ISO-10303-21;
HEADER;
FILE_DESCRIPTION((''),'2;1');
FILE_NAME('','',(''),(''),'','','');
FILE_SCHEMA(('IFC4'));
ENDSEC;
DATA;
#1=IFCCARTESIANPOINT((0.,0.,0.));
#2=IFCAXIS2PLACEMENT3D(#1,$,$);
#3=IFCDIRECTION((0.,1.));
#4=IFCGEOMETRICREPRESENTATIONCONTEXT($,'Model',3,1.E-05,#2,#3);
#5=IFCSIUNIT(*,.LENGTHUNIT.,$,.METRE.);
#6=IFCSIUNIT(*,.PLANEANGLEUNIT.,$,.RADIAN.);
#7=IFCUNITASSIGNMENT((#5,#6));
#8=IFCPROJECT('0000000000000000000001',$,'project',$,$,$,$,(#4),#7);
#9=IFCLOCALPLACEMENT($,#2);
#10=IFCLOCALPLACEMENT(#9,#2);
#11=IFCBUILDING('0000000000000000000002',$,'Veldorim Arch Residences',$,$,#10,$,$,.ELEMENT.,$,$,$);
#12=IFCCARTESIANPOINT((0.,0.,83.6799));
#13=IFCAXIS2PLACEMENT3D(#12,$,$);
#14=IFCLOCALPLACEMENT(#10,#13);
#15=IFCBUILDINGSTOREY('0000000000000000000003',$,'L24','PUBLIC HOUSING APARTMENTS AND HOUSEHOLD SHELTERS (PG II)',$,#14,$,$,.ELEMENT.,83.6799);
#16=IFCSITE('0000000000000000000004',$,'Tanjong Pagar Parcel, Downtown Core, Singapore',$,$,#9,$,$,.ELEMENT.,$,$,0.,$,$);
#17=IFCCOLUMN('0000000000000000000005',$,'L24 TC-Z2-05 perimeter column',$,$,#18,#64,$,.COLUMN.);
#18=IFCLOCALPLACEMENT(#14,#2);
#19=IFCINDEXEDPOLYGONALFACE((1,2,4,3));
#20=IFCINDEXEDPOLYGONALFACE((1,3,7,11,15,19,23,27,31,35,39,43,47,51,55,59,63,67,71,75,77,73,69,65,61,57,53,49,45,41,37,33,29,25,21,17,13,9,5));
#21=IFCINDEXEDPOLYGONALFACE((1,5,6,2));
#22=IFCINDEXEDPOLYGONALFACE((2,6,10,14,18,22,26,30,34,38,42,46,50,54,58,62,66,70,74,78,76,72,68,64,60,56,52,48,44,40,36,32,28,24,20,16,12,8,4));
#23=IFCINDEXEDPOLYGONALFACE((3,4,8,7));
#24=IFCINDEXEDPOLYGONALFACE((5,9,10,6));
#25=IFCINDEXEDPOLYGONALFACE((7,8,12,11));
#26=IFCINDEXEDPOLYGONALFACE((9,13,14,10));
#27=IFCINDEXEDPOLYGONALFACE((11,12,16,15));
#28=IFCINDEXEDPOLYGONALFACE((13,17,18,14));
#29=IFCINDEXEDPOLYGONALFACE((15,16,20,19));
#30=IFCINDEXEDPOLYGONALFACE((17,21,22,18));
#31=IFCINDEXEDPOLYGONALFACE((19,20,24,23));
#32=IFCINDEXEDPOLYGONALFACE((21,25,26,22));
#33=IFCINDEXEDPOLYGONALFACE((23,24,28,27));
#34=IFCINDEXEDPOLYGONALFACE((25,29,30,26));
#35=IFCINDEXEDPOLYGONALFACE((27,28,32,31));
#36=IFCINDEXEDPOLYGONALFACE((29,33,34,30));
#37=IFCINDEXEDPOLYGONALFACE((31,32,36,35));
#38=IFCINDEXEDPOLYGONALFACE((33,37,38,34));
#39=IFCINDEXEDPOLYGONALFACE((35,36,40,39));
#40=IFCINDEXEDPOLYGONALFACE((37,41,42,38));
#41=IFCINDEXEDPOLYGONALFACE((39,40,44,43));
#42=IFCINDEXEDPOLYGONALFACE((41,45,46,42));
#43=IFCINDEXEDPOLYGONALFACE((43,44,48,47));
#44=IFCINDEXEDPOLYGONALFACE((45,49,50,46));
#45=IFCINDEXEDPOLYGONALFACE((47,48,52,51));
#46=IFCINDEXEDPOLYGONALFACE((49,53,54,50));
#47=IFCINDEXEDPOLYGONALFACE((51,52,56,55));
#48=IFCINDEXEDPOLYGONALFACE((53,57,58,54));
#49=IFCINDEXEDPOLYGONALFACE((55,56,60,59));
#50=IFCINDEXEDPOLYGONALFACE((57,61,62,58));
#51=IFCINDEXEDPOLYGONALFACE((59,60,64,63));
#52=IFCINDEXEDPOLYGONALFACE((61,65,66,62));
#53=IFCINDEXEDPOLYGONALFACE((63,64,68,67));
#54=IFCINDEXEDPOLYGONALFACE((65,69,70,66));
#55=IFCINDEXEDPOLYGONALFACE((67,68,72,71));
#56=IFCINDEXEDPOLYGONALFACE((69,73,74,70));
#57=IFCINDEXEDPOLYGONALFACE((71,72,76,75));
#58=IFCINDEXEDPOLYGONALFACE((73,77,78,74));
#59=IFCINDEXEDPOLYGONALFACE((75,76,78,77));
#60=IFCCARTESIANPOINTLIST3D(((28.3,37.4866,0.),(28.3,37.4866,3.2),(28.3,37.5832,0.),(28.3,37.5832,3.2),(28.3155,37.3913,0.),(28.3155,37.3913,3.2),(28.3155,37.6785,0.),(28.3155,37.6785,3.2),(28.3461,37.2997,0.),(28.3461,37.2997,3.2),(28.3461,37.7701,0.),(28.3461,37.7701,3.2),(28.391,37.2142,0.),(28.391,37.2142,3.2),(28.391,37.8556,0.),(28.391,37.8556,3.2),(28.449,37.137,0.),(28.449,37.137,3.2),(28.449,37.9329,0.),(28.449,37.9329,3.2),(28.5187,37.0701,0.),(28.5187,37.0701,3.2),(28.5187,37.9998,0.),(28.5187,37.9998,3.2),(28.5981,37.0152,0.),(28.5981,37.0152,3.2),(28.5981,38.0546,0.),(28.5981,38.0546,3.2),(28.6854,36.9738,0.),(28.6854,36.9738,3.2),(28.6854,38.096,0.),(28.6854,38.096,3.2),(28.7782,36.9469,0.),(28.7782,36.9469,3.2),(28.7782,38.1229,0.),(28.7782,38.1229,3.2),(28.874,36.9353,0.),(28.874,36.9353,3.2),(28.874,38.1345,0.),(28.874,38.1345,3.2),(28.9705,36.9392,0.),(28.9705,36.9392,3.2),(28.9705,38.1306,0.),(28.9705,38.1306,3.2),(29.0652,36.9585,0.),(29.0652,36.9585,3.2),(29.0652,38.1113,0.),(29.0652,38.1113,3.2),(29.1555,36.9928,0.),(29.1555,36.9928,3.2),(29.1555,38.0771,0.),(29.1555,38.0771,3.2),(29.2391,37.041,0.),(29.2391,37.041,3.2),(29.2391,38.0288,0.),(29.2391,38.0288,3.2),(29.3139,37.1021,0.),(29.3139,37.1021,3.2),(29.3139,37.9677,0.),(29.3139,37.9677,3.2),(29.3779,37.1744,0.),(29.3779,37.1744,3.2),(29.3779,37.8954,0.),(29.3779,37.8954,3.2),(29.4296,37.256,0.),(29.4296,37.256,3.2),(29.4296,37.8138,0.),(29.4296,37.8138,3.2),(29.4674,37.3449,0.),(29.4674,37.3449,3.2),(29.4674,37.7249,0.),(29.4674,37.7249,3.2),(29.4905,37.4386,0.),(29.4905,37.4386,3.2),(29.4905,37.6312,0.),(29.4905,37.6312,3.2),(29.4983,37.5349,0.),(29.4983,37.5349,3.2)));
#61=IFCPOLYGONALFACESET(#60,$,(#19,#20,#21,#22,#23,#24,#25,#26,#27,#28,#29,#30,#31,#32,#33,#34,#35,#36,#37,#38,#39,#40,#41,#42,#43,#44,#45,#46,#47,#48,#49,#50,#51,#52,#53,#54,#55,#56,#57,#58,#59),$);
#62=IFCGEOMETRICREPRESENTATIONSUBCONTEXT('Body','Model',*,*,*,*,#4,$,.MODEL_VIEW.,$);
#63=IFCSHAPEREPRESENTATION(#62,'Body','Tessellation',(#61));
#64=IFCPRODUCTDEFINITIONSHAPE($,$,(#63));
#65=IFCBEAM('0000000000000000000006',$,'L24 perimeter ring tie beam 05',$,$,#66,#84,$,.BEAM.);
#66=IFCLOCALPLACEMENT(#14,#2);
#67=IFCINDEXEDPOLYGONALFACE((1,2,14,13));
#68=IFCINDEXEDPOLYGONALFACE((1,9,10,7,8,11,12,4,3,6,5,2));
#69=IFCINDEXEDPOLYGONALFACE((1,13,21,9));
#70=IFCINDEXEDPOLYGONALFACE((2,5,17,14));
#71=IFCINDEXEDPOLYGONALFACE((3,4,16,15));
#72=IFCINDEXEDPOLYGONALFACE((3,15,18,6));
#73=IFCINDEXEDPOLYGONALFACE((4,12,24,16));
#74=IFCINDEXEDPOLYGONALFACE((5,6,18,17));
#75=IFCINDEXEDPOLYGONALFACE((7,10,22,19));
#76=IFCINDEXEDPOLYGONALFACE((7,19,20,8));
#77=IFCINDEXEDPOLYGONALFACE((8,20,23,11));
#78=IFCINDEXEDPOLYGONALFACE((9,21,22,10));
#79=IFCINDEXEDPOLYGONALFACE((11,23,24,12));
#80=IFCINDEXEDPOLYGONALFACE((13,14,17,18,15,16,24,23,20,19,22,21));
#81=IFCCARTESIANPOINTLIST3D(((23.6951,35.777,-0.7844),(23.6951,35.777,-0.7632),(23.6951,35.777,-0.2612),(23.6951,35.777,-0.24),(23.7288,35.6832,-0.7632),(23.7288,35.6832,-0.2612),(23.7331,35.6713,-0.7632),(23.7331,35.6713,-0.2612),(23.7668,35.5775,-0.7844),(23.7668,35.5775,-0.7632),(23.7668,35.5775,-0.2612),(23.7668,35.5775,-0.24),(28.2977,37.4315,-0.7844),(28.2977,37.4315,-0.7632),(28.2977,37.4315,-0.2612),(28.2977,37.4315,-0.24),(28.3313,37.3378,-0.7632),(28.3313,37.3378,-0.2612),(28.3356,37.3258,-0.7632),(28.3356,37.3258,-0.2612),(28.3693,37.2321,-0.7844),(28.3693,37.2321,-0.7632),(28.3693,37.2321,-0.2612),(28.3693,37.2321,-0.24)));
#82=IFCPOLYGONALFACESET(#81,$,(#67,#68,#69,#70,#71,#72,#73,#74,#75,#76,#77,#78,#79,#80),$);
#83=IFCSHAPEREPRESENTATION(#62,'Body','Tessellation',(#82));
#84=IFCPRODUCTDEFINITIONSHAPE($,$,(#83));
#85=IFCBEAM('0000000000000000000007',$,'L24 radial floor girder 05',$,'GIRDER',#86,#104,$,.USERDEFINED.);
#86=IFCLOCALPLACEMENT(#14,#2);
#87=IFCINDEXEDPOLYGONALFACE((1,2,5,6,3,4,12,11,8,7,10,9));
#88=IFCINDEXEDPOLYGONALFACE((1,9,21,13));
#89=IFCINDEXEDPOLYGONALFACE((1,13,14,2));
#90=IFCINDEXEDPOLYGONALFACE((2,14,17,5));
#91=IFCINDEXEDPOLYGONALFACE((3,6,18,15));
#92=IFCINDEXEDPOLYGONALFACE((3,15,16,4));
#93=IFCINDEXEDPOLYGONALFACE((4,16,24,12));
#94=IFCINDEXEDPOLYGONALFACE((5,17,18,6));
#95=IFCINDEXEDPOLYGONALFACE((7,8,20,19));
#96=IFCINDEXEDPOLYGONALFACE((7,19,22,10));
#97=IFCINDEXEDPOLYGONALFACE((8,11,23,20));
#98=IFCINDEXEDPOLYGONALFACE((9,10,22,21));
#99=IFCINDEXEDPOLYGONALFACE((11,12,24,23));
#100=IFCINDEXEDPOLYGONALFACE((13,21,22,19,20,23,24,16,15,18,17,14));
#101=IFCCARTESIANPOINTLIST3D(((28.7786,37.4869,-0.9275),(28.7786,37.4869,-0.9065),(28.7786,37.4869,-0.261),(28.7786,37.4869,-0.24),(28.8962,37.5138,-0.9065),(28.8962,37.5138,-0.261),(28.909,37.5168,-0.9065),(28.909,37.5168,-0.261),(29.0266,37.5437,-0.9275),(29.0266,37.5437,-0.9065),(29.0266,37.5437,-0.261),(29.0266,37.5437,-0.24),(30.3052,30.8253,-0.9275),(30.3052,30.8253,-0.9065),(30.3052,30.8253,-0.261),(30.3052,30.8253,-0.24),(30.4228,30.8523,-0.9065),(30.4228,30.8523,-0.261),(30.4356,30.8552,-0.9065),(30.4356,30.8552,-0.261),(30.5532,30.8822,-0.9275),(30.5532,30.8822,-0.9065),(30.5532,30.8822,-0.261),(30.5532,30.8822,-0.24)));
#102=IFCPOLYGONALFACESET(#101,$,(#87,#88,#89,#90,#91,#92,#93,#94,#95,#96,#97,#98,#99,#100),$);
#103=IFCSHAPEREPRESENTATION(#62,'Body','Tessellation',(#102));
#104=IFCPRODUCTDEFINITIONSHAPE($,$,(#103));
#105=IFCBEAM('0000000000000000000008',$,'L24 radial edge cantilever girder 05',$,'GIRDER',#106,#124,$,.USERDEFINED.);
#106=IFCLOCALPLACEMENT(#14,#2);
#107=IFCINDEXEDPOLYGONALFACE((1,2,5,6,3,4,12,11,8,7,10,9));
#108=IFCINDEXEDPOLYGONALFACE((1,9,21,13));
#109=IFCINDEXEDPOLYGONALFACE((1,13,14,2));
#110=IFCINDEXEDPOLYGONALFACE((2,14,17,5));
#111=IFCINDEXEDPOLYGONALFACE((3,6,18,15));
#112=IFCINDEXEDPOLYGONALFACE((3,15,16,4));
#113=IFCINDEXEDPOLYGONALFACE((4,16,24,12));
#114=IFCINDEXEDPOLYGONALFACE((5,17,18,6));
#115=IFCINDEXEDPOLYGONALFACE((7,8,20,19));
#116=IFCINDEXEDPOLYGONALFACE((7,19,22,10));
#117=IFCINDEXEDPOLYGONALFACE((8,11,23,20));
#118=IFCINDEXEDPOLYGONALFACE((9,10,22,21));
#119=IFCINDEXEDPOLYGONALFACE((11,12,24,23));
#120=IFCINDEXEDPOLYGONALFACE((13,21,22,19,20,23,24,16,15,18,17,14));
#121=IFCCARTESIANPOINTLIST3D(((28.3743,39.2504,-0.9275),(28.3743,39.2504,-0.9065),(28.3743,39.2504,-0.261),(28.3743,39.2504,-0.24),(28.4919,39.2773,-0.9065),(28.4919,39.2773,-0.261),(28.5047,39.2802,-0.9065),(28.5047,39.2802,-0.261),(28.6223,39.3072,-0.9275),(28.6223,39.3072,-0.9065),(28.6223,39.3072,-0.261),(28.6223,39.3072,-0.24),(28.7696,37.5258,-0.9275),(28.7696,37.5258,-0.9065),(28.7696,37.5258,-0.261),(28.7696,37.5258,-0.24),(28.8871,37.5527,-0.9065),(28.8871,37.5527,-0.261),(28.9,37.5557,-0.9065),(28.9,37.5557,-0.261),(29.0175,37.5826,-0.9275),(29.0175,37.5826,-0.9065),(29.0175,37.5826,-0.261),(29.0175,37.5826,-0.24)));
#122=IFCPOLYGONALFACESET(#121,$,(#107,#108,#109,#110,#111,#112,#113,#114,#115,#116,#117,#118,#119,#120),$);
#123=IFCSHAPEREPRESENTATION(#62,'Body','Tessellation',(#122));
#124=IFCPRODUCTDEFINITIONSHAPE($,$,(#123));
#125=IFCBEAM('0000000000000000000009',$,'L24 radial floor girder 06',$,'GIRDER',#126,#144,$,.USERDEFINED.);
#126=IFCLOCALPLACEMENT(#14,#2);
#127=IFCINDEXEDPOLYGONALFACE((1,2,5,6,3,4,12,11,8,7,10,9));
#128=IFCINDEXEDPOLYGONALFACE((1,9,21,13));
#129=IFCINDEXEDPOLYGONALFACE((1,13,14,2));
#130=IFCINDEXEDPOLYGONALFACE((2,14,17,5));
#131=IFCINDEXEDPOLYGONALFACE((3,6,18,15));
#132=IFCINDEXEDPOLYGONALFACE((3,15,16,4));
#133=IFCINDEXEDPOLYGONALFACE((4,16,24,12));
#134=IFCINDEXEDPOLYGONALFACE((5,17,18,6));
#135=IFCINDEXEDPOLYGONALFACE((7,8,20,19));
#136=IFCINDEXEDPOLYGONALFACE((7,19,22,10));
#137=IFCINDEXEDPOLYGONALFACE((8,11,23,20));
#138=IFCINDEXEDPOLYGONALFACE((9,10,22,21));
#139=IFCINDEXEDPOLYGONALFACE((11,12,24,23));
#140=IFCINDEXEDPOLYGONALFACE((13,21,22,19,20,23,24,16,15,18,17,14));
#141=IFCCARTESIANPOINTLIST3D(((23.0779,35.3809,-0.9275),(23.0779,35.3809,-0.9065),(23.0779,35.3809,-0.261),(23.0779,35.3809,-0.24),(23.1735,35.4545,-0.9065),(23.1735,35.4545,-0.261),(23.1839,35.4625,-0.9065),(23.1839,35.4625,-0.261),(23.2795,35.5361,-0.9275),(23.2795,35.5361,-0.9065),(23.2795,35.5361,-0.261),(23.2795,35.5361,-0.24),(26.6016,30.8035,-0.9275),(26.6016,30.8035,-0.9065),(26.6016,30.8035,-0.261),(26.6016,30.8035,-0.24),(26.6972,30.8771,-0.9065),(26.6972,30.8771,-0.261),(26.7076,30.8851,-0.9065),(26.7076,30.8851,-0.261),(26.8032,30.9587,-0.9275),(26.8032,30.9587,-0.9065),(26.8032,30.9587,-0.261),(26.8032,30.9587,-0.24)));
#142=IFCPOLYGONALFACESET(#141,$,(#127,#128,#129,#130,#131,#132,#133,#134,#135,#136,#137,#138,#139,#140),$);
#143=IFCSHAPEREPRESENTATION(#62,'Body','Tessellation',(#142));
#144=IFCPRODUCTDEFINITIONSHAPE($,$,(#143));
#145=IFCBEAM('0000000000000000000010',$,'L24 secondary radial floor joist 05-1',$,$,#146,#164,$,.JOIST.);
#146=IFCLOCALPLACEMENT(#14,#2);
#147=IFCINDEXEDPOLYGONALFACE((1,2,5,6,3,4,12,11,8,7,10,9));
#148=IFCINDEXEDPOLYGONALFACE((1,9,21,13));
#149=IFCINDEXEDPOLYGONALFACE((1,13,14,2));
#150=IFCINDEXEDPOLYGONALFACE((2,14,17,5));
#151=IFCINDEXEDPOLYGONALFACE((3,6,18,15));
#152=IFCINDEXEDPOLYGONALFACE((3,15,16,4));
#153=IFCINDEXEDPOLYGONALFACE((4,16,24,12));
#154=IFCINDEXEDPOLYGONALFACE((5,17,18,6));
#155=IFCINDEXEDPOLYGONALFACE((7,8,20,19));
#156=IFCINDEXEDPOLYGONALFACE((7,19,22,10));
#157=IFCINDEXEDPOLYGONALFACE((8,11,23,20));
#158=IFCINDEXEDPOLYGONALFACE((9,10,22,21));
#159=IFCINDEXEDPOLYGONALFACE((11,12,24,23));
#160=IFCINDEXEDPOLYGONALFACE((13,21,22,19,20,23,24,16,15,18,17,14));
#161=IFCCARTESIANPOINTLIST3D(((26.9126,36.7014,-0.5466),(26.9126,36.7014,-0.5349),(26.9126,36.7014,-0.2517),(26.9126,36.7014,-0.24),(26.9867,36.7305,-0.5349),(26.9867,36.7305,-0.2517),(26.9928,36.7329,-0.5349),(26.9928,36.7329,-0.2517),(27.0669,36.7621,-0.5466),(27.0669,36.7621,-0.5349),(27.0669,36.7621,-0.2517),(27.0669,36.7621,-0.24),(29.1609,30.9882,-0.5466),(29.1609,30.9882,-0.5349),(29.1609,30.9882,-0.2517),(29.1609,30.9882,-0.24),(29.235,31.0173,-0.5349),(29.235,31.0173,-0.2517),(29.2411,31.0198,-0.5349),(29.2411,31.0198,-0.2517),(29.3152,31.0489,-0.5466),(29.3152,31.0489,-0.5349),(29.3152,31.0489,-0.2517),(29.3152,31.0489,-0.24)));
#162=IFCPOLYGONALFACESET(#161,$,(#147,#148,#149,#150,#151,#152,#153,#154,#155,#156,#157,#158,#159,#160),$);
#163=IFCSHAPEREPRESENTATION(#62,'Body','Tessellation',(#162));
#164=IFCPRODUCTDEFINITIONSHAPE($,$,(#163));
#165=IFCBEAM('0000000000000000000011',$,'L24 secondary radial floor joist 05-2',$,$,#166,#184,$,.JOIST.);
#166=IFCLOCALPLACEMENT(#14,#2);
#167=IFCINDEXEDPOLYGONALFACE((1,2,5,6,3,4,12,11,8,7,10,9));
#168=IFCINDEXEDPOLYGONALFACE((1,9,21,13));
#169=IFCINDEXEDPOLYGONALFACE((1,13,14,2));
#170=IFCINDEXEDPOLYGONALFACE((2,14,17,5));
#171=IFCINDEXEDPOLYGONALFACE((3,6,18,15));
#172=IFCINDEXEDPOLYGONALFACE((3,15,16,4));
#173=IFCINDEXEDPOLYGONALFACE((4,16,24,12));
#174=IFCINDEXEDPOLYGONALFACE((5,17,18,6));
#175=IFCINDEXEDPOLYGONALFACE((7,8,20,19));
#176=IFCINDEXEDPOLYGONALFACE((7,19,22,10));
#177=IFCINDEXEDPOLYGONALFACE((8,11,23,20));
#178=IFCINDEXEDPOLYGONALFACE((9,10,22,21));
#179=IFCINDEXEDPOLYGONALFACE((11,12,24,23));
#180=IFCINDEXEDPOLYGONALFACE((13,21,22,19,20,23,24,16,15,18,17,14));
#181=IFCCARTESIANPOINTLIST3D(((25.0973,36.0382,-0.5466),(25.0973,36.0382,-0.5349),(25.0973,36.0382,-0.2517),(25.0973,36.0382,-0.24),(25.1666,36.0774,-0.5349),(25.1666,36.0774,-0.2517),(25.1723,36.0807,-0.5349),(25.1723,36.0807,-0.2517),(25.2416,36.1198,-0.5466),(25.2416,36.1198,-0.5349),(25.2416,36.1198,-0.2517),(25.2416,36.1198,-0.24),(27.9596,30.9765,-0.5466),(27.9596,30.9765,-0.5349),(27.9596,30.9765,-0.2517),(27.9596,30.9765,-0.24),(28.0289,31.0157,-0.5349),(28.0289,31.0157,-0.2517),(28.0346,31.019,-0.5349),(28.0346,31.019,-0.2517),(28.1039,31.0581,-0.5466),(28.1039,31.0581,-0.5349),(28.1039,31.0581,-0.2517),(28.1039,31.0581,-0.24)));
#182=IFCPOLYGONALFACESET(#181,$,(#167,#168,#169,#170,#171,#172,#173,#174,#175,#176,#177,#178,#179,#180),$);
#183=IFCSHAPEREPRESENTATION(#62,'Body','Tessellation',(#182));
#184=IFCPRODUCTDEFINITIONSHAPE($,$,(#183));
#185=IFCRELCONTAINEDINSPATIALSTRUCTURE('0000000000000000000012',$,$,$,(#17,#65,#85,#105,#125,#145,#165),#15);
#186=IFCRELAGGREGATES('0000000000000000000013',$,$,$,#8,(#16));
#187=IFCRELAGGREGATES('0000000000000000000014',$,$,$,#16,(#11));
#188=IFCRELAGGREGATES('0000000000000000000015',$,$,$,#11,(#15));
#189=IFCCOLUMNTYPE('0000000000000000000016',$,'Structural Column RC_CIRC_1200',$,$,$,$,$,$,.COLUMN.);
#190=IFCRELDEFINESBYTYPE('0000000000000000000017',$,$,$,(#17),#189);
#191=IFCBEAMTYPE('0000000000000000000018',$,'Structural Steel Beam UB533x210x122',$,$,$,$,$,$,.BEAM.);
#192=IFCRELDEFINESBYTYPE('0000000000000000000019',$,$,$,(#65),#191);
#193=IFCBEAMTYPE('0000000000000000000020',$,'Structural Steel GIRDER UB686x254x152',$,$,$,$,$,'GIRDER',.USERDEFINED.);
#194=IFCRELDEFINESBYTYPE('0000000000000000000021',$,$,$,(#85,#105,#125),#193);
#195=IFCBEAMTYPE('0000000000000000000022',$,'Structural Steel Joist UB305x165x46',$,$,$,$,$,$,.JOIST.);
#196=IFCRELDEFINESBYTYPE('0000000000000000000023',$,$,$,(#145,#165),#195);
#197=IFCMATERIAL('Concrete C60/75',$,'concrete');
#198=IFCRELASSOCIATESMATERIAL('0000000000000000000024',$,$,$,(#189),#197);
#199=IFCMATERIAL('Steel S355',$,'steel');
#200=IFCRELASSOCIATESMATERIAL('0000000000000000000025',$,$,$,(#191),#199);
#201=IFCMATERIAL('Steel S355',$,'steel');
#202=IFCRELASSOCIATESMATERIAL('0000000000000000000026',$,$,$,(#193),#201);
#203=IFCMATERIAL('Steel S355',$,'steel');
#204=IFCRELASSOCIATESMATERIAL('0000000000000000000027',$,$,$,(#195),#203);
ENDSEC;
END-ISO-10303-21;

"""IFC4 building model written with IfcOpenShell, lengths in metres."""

from ifc_helpers import new_model, si_unit, direction, frame, origin, origin_2d, place, context, subcontext, project, spatial, circle, i_section, extrude, material, material_profile, profile_set, type_object, element, save


model = new_model("IFC4")

# Units and contexts
model_context = context("Model", 3, precision=1e-05, world=origin(), true_north=direction((0.0, 1.0)))
body_context = subcontext(model_context, "Body", "Model", "MODEL_VIEW")
ifc_project = project(units=[si_unit("LENGTHUNIT", "METRE"), si_unit("PLANEANGLEUNIT", "RADIAN")], contexts=[model_context])

# Site, building, storey
site_placement = place(None, origin())
site = spatial("IfcSite", under=ifc_project, at=site_placement, Name="Tanjong Pagar Parcel, Downtown Core, Singapore", CompositionType="ELEMENT", RefElevation=0.0)
building_placement = place(site_placement, origin())
building = spatial("IfcBuilding", under=site, at=building_placement, Name="Veldorim Arch Residences", CompositionType="ELEMENT")
storey_placement = place(building_placement, frame((0.0, 0.0, 83.6799)))
storey = spatial("IfcBuildingStorey", under=building, at=storey_placement, Name="L24", Description="PUBLIC HOUSING APARTMENTS AND HOUSEHOLD SHELTERS (PG II)", CompositionType="ELEMENT", Elevation=83.6799)

# Column
ifc_material_1 = material(Name="Concrete C60/75", Category="concrete")
ifc_material_profile_1 = material_profile(ifc_material_1, circle(Radius=0.6001, at=origin_2d()), Name="RC_CIRC_1200")
ifc_profile_set_1 = profile_set([ifc_material_profile_1], Name="Concrete C60/75")
column_type = type_object("IfcColumnType", Name="Structural Column RC_CIRC_1200", PredefinedType="COLUMN", material=ifc_profile_set_1)
column_placement = place(storey_placement, frame((28.8982, 37.5349, 0.0), z_axis=(0.0, 0.0, 1.0), x_axis=(1.0, 0.0, 0.0)))
element("IfcColumn", 1, at=column_placement, inside=storey, type_object=column_type, Name="L24 TC-Z2-05 perimeter column", PredefinedType="COLUMN", context=body_context, shape_type="SweptSolid", body=[
    extrude(circle(Radius=0.6001, at=origin_2d()), origin(), (0.0, 0.0, 1.0), 3.2),
])

# Beams
ifc_material_2 = material(Name="Steel S355", Category="steel")
ifc_material_profile_2 = material_profile(ifc_material_2, i_section(OverallWidth=0.2119, OverallDepth=0.5444, WebThickness=0.0127, FlangeThickness=0.0212, at=origin_2d()), Name="UB533x210x122")
ifc_profile_set_2 = profile_set([ifc_material_profile_2], Name="Steel S355")
beam_type_1 = type_object("IfcBeamType", Name="Structural Steel Beam UB533x210x122", PredefinedType="BEAM", material=ifc_profile_set_2)
beam_1_placement = place(storey_placement, frame((28.3335, 37.3318, -0.5122), z_axis=(-0.941042, -0.33829, 0.0), x_axis=(0.33829, -0.941042, 0.0)))
element("IfcBeam", 2, at=beam_1_placement, inside=storey, type_object=beam_type_1, Name="L24 perimeter ring tie beam 05", PredefinedType="BEAM", context=body_context, shape_type="SweptSolid", body=[
    extrude(i_section(OverallWidth=0.2119, OverallDepth=0.5444, WebThickness=0.0127, FlangeThickness=0.0212, at=origin_2d()), origin(), (0.0, 0.0, 1.0), 4.8909),
])
ifc_material_3 = material(Name="Steel S355", Category="steel")
ifc_material_profile_3 = material_profile(ifc_material_3, i_section(OverallWidth=0.2544, OverallDepth=0.6875, WebThickness=0.0132, FlangeThickness=0.021, at=origin_2d()), Name="UB686x254x152")
ifc_profile_set_3 = profile_set([ifc_material_profile_3], Name="Steel S355")
beam_type_2 = type_object("IfcBeamType", Name="Structural Steel GIRDER UB686x254x152", ElementType="GIRDER", PredefinedType="USERDEFINED", material=ifc_profile_set_3)
beam_2_placement = place(storey_placement, frame((30.4292, 30.8538, -0.5837), z_axis=(-0.223375, 0.974733, 0.0), x_axis=(-0.974733, -0.223375, 0.0)))
element("IfcBeam", 3, at=beam_2_placement, inside=storey, type_object=beam_type_2, Name="L24 radial floor girder 05", ObjectType="GIRDER", PredefinedType="USERDEFINED", context=body_context, shape_type="SweptSolid", body=[
    extrude(i_section(OverallWidth=0.2544, OverallDepth=0.6875, WebThickness=0.0132, FlangeThickness=0.021, at=origin_2d()), origin(), (0.0, 0.0, 1.0), 6.8342),
])
beam_3_placement = place(storey_placement, frame((28.8936, 37.5542, -0.5837), z_axis=(-0.223398, 0.974727, 0.0), x_axis=(-0.974727, -0.223398, 0.0)))
element("IfcBeam", 4, at=beam_3_placement, inside=storey, type_object=beam_type_2, Name="L24 radial edge cantilever girder 05", ObjectType="GIRDER", PredefinedType="USERDEFINED", context=body_context, shape_type="SweptSolid", body=[
    extrude(i_section(OverallWidth=0.2544, OverallDepth=0.6875, WebThickness=0.0132, FlangeThickness=0.021, at=origin_2d()), origin(), (0.0, 0.0, 1.0), 1.7693),
])
beam_4_placement = place(storey_placement, frame((26.7024, 30.8811, -0.5837), z_axis=(-0.609995, 0.792406, 0.0), x_axis=(-0.792406, -0.609995, 0.0)))
element("IfcBeam", 5, at=beam_4_placement, inside=storey, type_object=beam_type_2, Name="L24 radial floor girder 06", ObjectType="GIRDER", PredefinedType="USERDEFINED", context=body_context, shape_type="SweptSolid", body=[
    extrude(i_section(OverallWidth=0.2544, OverallDepth=0.6875, WebThickness=0.0132, FlangeThickness=0.021, at=origin_2d()), origin(), (0.0, 0.0, 1.0), 5.7766),
])
ifc_material_4 = material(Name="Steel S355", Category="steel")
ifc_material_profile_4 = material_profile(ifc_material_4, i_section(OverallWidth=0.1658, OverallDepth=0.3066, WebThickness=0.0066, FlangeThickness=0.0117, at=origin_2d()), Name="UB305x165x46")
ifc_profile_set_4 = profile_set([ifc_material_profile_4], Name="Steel S355")
beam_type_3 = type_object("IfcBeamType", Name="Structural Steel Joist UB305x165x46", PredefinedType="JOIST", material=ifc_profile_set_4)
beam_5_placement = place(storey_placement, frame((29.238, 31.0186, -0.3933), z_axis=(-0.366195, 0.930538, 0.0), x_axis=(-0.930538, -0.366195, 0.0)))
element("IfcBeam", 6, at=beam_5_placement, inside=storey, type_object=beam_type_3, Name="L24 secondary radial floor joist 05-1", PredefinedType="JOIST", context=body_context, shape_type="SweptSolid", body=[
    extrude(i_section(OverallWidth=0.1658, OverallDepth=0.3066, WebThickness=0.0066, FlangeThickness=0.0117, at=origin_2d()), origin(), (0.0, 0.0, 1.0), 6.1396),
])
beam_6_placement = place(storey_placement, frame((28.0317, 31.0173, -0.3933), z_axis=(-0.492227, 0.870467, 0.0), x_axis=(-0.870467, -0.492227, 0.0)))
element("IfcBeam", 7, at=beam_6_placement, inside=storey, type_object=beam_type_3, Name="L24 secondary radial floor joist 05-2", PredefinedType="JOIST", context=body_context, shape_type="SweptSolid", body=[
    extrude(i_section(OverallWidth=0.1658, OverallDepth=0.3066, WebThickness=0.0066, FlangeThickness=0.0117, at=origin_2d()), origin(), (0.0, 0.0, 1.0), 5.8149),
])

save(model, "model.ifc")
